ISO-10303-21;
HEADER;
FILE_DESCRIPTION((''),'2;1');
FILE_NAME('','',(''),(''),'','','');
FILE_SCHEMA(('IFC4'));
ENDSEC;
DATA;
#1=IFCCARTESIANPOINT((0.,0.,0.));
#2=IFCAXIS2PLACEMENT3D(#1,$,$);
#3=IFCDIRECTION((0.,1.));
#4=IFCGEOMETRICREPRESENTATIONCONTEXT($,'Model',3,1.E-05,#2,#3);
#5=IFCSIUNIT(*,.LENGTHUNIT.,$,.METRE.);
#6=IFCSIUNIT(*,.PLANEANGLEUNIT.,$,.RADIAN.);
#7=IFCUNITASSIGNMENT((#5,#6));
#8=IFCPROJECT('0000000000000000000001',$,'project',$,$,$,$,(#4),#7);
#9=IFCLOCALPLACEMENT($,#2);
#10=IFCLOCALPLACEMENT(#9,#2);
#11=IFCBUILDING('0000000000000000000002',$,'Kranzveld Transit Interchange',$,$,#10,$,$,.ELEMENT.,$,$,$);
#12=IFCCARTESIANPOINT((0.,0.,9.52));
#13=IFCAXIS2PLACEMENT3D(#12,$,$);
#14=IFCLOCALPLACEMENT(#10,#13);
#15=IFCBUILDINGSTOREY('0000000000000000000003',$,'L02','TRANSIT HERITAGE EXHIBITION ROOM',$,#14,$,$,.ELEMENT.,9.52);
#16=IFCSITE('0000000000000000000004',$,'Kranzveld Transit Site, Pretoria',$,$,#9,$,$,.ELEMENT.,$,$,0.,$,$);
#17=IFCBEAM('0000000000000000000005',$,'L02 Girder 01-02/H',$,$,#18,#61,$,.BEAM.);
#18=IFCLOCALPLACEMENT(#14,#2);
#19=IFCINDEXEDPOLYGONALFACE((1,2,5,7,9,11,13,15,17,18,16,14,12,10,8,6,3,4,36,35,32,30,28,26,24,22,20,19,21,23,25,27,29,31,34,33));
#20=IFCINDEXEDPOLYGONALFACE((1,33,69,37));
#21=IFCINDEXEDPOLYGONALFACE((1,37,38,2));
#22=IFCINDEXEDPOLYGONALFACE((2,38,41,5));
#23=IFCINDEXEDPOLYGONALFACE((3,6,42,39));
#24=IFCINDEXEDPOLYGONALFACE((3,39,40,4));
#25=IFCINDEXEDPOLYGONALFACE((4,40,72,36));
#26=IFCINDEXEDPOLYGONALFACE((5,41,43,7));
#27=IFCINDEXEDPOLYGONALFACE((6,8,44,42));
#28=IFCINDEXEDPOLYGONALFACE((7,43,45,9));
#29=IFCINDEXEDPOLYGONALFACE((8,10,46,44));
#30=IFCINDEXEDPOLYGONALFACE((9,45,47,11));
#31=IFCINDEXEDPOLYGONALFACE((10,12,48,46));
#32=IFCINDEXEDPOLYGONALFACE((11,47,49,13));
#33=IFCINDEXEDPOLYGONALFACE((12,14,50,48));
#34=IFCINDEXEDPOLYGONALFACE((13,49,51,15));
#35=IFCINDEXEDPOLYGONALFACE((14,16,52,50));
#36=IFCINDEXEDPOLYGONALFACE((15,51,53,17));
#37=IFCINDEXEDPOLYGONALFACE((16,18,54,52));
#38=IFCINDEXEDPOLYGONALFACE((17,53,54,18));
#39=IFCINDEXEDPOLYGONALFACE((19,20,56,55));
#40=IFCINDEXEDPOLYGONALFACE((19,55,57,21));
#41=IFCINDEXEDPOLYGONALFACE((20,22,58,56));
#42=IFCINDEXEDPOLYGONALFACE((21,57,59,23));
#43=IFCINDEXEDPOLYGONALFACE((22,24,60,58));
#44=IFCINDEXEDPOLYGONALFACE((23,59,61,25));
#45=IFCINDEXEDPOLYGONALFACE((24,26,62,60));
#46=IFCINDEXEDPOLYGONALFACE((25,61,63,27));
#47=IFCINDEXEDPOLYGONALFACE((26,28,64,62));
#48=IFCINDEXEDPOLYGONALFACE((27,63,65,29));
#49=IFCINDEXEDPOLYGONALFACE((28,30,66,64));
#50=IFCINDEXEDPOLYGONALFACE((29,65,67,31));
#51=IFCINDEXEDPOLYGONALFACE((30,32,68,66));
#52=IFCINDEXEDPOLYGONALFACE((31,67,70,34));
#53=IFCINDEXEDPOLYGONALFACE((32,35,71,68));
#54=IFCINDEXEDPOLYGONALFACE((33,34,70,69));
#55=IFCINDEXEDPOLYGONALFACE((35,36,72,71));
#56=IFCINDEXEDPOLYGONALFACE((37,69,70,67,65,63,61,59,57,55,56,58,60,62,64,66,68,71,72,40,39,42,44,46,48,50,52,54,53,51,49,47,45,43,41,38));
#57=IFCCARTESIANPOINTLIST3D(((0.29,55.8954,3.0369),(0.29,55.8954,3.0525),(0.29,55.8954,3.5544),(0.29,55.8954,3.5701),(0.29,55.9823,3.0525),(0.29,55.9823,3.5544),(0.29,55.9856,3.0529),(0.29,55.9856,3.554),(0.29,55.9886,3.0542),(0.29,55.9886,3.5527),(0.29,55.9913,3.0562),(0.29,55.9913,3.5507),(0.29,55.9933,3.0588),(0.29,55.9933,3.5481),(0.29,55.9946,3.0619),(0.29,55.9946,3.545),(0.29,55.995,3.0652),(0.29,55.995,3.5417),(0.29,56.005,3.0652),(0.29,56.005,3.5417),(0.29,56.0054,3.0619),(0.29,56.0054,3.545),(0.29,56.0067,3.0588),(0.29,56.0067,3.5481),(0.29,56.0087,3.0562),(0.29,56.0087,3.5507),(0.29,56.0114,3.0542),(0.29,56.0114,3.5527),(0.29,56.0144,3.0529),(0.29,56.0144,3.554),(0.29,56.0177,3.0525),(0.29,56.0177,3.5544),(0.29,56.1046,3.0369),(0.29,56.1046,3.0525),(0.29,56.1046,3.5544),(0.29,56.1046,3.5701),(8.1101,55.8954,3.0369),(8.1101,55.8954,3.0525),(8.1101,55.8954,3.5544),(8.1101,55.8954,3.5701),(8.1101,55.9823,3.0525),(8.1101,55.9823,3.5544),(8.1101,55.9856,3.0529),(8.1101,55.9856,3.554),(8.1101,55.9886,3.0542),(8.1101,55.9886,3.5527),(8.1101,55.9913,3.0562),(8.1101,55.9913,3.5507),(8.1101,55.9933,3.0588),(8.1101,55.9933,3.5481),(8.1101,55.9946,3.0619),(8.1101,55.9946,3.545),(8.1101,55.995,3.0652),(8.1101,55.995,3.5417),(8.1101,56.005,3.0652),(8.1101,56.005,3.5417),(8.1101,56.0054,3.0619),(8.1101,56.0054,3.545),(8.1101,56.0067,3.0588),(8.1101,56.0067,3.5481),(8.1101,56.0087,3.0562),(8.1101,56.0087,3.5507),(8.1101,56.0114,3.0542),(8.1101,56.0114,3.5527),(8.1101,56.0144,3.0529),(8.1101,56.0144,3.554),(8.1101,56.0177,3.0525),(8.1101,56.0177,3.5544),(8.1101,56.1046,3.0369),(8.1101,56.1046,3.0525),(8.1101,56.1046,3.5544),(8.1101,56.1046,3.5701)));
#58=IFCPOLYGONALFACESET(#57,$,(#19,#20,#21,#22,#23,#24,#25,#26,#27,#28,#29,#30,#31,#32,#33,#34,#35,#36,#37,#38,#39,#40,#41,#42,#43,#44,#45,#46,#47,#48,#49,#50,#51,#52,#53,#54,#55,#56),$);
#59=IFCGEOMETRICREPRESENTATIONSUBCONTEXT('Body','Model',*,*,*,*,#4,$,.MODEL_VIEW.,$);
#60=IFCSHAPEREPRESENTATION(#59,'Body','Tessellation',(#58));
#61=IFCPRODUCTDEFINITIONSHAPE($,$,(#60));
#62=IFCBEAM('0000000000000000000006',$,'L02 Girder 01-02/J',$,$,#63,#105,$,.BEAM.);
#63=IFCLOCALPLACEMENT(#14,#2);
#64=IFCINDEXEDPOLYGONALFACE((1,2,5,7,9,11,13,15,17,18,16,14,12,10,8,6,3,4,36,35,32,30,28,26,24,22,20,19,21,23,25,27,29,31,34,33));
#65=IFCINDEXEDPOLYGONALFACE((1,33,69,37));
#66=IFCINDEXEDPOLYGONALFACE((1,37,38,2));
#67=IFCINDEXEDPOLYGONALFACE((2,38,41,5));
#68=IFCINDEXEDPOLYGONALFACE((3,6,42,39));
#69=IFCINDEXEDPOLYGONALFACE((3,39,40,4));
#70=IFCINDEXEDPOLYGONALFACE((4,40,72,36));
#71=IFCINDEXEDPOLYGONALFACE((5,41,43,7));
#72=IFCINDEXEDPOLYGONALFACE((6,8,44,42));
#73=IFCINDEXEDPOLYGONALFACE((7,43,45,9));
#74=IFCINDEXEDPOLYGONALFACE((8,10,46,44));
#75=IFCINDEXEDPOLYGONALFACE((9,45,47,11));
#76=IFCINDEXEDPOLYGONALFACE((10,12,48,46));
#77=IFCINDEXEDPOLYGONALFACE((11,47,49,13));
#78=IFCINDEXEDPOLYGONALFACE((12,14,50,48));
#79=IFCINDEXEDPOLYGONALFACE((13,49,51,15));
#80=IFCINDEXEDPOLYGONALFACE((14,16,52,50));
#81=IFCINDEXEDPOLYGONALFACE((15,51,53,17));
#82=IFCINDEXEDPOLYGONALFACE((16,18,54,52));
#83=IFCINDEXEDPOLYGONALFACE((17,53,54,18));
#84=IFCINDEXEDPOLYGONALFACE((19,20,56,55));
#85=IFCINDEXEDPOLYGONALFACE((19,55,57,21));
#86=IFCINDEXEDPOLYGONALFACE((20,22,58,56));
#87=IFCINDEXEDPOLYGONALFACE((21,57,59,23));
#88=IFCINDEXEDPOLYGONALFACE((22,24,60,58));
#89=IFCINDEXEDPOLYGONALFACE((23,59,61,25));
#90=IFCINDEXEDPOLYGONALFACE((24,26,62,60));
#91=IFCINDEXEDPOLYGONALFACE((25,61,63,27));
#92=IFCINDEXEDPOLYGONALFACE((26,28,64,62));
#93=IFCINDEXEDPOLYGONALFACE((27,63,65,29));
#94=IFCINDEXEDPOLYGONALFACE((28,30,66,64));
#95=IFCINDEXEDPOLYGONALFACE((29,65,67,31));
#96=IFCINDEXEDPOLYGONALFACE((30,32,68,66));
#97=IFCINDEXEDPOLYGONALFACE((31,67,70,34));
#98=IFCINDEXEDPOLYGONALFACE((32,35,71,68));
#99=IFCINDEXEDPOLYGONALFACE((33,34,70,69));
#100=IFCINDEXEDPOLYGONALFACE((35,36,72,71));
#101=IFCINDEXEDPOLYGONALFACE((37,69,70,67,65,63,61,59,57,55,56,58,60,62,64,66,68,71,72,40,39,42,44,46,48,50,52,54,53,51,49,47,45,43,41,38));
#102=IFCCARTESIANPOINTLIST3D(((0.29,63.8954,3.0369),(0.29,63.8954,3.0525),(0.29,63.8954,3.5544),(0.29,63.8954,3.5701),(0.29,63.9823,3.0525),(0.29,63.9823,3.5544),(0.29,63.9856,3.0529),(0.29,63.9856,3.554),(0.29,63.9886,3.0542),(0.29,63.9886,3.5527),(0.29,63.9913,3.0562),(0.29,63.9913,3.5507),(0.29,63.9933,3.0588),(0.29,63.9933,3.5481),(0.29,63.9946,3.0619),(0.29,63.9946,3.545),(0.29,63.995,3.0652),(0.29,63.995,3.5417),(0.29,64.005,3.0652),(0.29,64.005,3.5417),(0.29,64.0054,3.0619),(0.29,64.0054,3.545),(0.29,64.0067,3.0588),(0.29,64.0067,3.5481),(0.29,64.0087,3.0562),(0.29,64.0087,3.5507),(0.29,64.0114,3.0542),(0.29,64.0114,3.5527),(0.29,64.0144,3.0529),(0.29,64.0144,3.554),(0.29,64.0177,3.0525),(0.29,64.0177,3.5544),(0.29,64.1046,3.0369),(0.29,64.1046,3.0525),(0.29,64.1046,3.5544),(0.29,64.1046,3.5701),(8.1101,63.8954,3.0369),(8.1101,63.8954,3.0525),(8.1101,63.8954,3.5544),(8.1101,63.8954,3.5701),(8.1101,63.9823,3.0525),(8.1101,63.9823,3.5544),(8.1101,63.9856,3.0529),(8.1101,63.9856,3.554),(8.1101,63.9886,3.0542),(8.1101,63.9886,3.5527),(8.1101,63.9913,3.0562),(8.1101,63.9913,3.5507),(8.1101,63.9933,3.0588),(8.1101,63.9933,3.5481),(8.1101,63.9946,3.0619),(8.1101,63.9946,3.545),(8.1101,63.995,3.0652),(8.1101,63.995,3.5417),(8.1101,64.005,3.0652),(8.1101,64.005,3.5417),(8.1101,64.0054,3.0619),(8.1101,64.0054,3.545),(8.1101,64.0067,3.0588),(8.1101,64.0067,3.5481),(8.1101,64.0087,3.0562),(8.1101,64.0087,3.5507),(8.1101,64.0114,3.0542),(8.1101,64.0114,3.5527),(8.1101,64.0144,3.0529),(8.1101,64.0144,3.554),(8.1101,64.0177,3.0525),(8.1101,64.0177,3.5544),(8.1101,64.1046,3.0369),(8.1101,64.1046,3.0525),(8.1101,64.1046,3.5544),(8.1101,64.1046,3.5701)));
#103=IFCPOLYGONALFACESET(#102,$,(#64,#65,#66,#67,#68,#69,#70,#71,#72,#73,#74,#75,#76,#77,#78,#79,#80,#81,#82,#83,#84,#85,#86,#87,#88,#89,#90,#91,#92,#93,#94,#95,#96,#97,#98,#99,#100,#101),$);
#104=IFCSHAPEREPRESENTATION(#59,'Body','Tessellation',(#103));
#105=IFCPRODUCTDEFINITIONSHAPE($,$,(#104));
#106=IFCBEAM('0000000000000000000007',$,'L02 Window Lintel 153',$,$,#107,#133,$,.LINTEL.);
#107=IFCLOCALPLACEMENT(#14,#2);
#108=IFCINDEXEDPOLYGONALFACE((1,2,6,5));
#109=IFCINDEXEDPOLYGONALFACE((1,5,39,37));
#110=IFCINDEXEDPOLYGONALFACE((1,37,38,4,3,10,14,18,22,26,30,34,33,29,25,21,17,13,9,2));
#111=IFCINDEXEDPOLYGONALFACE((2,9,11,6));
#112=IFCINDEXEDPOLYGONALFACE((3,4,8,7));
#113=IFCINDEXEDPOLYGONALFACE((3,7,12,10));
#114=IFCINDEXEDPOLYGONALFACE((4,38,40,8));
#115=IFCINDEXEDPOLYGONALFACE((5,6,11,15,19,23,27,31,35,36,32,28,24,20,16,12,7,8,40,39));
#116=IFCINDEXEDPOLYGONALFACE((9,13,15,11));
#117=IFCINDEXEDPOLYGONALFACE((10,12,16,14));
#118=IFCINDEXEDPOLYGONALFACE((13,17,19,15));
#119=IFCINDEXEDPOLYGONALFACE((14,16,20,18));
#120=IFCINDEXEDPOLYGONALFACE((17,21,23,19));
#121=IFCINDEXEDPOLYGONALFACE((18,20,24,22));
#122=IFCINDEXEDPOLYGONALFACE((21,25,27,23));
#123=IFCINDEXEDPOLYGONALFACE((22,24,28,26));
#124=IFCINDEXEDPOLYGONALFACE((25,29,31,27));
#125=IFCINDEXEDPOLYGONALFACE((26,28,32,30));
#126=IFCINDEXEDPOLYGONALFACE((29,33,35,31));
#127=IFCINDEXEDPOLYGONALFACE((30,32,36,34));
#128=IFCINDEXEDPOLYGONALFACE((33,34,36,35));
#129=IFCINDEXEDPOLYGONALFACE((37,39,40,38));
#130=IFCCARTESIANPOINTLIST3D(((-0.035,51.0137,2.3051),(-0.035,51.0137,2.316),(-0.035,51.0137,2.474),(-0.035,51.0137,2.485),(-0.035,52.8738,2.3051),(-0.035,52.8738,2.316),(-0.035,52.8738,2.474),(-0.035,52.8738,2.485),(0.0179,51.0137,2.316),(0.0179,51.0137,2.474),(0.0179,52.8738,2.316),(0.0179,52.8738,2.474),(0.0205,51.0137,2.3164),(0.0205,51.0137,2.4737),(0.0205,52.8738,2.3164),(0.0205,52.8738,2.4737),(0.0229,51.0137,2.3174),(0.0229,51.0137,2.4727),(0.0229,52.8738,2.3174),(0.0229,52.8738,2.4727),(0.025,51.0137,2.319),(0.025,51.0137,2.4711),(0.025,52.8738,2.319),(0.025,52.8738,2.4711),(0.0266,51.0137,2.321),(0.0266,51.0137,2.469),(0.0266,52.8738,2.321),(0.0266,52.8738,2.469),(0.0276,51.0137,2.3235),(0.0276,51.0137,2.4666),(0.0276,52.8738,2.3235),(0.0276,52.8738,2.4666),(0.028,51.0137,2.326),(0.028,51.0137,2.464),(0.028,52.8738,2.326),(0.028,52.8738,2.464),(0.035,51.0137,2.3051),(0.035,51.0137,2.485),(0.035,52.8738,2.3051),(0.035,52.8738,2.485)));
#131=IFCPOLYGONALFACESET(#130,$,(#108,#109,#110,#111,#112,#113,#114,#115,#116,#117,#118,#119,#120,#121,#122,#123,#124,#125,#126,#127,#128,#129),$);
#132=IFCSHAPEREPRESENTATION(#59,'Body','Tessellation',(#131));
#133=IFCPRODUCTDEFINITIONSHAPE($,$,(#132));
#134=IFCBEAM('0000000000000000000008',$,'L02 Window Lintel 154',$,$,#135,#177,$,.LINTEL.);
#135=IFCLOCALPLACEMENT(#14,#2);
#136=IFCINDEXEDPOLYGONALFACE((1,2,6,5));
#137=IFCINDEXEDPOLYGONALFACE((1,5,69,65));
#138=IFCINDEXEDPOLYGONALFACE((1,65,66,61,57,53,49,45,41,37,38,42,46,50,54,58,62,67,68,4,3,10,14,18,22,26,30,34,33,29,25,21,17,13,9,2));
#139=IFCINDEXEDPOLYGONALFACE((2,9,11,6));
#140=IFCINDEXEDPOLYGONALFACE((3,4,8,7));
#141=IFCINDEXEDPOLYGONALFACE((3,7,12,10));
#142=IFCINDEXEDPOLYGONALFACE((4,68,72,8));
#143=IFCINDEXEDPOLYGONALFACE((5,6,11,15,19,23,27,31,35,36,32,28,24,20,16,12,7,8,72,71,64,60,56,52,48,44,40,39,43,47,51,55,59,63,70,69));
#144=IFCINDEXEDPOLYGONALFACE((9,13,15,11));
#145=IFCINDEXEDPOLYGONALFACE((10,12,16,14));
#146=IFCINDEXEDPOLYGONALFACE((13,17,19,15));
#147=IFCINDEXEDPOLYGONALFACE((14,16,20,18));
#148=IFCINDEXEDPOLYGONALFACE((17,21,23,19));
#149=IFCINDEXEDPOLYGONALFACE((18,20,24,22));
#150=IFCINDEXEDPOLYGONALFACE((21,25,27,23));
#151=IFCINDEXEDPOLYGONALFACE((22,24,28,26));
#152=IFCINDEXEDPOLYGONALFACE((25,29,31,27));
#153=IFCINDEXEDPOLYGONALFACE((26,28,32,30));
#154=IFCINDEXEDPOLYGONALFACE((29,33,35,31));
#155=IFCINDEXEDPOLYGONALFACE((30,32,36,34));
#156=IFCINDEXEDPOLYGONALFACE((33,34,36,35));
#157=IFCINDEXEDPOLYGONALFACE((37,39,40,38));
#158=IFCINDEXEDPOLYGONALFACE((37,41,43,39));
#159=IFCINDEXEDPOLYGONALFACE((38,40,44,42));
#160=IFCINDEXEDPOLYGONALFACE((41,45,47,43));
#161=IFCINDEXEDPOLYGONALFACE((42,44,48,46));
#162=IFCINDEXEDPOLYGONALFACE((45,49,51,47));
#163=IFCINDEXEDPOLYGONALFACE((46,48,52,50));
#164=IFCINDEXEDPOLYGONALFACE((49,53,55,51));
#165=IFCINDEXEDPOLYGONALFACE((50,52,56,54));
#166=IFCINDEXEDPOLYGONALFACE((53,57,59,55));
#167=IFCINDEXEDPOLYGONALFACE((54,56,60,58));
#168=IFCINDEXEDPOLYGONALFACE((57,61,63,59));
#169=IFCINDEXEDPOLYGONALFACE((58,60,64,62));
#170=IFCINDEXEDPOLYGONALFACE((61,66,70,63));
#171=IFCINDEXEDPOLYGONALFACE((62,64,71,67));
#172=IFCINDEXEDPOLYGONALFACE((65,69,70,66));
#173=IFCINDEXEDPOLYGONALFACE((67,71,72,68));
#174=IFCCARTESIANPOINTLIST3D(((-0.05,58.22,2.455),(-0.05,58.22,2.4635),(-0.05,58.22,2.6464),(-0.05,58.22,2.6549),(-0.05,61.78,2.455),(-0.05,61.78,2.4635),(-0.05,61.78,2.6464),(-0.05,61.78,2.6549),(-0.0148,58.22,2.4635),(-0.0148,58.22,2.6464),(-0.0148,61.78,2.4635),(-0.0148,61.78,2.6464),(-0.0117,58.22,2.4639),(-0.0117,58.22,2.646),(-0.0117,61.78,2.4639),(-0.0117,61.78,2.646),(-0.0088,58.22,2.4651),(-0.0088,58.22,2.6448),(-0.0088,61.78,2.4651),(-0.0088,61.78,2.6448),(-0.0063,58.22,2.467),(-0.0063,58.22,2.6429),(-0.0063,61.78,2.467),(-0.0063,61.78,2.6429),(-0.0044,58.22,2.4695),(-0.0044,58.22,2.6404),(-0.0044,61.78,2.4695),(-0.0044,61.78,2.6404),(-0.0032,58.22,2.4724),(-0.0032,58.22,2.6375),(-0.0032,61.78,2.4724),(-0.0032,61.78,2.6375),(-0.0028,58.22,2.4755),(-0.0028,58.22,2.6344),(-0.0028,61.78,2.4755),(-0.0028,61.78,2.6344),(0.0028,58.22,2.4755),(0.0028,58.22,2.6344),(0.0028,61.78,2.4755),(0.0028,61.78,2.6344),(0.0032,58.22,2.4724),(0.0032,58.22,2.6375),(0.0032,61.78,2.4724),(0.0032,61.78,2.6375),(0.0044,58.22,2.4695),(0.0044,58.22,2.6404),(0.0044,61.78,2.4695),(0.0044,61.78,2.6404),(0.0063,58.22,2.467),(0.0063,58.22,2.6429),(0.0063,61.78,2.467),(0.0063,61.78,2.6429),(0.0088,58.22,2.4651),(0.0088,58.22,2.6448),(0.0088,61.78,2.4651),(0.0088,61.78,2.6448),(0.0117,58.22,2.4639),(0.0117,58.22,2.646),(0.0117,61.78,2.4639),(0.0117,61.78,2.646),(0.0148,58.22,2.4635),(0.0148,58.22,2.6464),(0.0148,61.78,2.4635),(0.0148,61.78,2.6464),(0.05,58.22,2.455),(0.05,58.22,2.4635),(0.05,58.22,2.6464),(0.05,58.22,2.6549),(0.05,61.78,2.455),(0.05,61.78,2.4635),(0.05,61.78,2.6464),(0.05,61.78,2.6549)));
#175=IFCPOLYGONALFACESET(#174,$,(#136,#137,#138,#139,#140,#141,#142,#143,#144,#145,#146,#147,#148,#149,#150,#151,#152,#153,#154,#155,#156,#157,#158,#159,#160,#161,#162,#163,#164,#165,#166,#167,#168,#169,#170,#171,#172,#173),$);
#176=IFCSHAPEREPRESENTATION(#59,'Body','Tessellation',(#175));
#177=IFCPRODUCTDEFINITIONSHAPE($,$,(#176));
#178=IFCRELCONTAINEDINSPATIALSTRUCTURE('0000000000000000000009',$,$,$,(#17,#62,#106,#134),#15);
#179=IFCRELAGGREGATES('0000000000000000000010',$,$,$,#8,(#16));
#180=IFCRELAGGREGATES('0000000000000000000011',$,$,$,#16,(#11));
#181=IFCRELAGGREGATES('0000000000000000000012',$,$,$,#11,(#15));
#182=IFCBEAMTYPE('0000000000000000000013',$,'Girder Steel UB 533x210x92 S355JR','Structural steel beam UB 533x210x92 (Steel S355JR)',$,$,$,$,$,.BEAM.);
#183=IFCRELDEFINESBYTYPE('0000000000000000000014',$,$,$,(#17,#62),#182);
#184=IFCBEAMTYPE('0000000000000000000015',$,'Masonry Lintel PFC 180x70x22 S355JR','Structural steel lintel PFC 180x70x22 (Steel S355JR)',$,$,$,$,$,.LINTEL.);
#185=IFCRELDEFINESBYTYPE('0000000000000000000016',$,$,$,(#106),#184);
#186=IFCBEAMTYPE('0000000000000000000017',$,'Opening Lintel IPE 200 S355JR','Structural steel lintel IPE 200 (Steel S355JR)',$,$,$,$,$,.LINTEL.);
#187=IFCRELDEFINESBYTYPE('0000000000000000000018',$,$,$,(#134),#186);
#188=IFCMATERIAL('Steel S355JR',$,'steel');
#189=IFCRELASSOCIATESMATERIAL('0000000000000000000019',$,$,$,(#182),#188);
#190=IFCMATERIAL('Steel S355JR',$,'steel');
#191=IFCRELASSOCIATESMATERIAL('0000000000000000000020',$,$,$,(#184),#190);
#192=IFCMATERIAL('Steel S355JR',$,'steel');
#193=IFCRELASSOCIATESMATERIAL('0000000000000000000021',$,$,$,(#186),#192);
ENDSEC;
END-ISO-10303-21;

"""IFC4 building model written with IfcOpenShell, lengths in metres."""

from ifc_helpers import new_model, si_unit, direction, frame, origin, origin_2d, place, context, subcontext, project, spatial, i_section, u_section, extrude, material, material_profile, profile_set, type_object, element, save


model = new_model("IFC4")

# Units and contexts
model_context = context("Model", 3, precision=1e-05, world=origin(), true_north=direction((0.0, 1.0)))
body_context = subcontext(model_context, "Body", "Model", "MODEL_VIEW")
ifc_project = project(units=[si_unit("LENGTHUNIT", "METRE"), si_unit("PLANEANGLEUNIT", "RADIAN")], contexts=[model_context])

# Site, building, storey
site_placement = place(None, origin())
site = spatial("IfcSite", under=ifc_project, at=site_placement, Name="Kranzveld Transit Site, Pretoria", CompositionType="ELEMENT", RefElevation=0.0)
building_placement = place(site_placement, origin())
building = spatial("IfcBuilding", under=site, at=building_placement, Name="Kranzveld Transit Interchange", CompositionType="ELEMENT")
storey_placement = place(building_placement, frame((0.0, 0.0, 9.52)))
storey = spatial("IfcBuildingStorey", under=building, at=storey_placement, Name="L02", Description="TRANSIT HERITAGE EXHIBITION ROOM", CompositionType="ELEMENT", Elevation=9.52)

# Beams
ifc_material_1 = material(Name="Steel S355JR", Category="steel")
ifc_material_profile_1 = material_profile(ifc_material_1, i_section(OverallWidth=0.2092, OverallDepth=0.5332, WebThickness=0.01, FlangeThickness=0.0156, FilletRadius=0.0127, at=origin_2d()), Name="UB 533x210x92")
ifc_profile_set_1 = profile_set([ifc_material_profile_1], Name="Steel S355JR")
beam_type_1 = type_object("IfcBeamType", Name="Girder Steel UB 533x210x92 S355JR", Description="Structural steel beam UB 533x210x92 (Steel S355JR)", PredefinedType="BEAM", material=ifc_profile_set_1)
for number, where, z_axis, x_axis, name in (
    (1, (0.29, 56.0, 3.3035), (1.0, 0.0, 0.0), (0.0, 1.0, 0.0), "L02 Girder 01-02/H"),
    (2, (0.29, 64.0, 3.3035), (1.0, 0.0, 0.0), (0.0, 1.0, 0.0), "L02 Girder 01-02/J"),
):
    element("IfcBeam", number, at=place(storey_placement, frame(where, z_axis=z_axis, x_axis=x_axis)), inside=storey, type_object=beam_type_1, Name=name, PredefinedType="BEAM", context=body_context, shape_type="SweptSolid", body=[
        extrude(i_section(OverallWidth=0.2092, OverallDepth=0.5332, WebThickness=0.01, FlangeThickness=0.0156, FilletRadius=0.0127, at=origin_2d()), origin(), (0.0, 0.0, 1.0), 7.8201),
    ])
ifc_material_2 = material(Name="Steel S355JR", Category="steel")
ifc_material_profile_2 = material_profile(ifc_material_2, u_section(Depth=0.1799, FlangeWidth=0.0701, WebThickness=0.0071, FlangeThickness=0.011, FilletRadius=0.01, at=origin_2d()), Name="PFC 180x70x22")
ifc_profile_set_2 = profile_set([ifc_material_profile_2], Name="Steel S355JR")
beam_type_2 = type_object("IfcBeamType", Name="Masonry Lintel PFC 180x70x22 S355JR", Description="Structural steel lintel PFC 180x70x22 (Steel S355JR)", PredefinedType="LINTEL", material=ifc_profile_set_2)
beam_1_placement = place(storey_placement, frame((0.0, 51.0137, 2.395), z_axis=(0.0, 1.0, 0.0), x_axis=(-1.0, 0.0, 0.0)))
element("IfcBeam", 3, at=beam_1_placement, inside=storey, type_object=beam_type_2, Name="L02 Window Lintel 153", PredefinedType="LINTEL", context=body_context, shape_type="SweptSolid", body=[
    extrude(u_section(Depth=0.1799, FlangeWidth=0.0701, WebThickness=0.0071, FlangeThickness=0.011, FilletRadius=0.01, at=origin_2d()), origin(), (0.0, 0.0, 1.0), 1.8601),
])
ifc_material_3 = material(Name="Steel S355JR", Category="steel")
ifc_material_profile_3 = material_profile(ifc_material_3, i_section(OverallWidth=0.1001, OverallDepth=0.2, WebThickness=0.0056, FlangeThickness=0.0085, FilletRadius=0.012, at=origin_2d()), Name="IPE 200")
ifc_profile_set_3 = profile_set([ifc_material_profile_3], Name="Steel S355JR")
beam_type_3 = type_object("IfcBeamType", Name="Opening Lintel IPE 200 S355JR", Description="Structural steel lintel IPE 200 (Steel S355JR)", PredefinedType="LINTEL", material=ifc_profile_set_3)
beam_2_placement = place(storey_placement, frame((0.0, 58.22, 2.5549), z_axis=(0.0, 1.0, 0.0), x_axis=(-1.0, 0.0, 0.0)))
element("IfcBeam", 4, at=beam_2_placement, inside=storey, type_object=beam_type_3, Name="L02 Window Lintel 154", PredefinedType="LINTEL", context=body_context, shape_type="SweptSolid", body=[
    extrude(i_section(OverallWidth=0.1001, OverallDepth=0.2, WebThickness=0.0056, FlangeThickness=0.0085, FilletRadius=0.012, at=origin_2d()), origin(), (0.0, 0.0, 1.0), 3.5601),
])

save(model, "model.ifc")
